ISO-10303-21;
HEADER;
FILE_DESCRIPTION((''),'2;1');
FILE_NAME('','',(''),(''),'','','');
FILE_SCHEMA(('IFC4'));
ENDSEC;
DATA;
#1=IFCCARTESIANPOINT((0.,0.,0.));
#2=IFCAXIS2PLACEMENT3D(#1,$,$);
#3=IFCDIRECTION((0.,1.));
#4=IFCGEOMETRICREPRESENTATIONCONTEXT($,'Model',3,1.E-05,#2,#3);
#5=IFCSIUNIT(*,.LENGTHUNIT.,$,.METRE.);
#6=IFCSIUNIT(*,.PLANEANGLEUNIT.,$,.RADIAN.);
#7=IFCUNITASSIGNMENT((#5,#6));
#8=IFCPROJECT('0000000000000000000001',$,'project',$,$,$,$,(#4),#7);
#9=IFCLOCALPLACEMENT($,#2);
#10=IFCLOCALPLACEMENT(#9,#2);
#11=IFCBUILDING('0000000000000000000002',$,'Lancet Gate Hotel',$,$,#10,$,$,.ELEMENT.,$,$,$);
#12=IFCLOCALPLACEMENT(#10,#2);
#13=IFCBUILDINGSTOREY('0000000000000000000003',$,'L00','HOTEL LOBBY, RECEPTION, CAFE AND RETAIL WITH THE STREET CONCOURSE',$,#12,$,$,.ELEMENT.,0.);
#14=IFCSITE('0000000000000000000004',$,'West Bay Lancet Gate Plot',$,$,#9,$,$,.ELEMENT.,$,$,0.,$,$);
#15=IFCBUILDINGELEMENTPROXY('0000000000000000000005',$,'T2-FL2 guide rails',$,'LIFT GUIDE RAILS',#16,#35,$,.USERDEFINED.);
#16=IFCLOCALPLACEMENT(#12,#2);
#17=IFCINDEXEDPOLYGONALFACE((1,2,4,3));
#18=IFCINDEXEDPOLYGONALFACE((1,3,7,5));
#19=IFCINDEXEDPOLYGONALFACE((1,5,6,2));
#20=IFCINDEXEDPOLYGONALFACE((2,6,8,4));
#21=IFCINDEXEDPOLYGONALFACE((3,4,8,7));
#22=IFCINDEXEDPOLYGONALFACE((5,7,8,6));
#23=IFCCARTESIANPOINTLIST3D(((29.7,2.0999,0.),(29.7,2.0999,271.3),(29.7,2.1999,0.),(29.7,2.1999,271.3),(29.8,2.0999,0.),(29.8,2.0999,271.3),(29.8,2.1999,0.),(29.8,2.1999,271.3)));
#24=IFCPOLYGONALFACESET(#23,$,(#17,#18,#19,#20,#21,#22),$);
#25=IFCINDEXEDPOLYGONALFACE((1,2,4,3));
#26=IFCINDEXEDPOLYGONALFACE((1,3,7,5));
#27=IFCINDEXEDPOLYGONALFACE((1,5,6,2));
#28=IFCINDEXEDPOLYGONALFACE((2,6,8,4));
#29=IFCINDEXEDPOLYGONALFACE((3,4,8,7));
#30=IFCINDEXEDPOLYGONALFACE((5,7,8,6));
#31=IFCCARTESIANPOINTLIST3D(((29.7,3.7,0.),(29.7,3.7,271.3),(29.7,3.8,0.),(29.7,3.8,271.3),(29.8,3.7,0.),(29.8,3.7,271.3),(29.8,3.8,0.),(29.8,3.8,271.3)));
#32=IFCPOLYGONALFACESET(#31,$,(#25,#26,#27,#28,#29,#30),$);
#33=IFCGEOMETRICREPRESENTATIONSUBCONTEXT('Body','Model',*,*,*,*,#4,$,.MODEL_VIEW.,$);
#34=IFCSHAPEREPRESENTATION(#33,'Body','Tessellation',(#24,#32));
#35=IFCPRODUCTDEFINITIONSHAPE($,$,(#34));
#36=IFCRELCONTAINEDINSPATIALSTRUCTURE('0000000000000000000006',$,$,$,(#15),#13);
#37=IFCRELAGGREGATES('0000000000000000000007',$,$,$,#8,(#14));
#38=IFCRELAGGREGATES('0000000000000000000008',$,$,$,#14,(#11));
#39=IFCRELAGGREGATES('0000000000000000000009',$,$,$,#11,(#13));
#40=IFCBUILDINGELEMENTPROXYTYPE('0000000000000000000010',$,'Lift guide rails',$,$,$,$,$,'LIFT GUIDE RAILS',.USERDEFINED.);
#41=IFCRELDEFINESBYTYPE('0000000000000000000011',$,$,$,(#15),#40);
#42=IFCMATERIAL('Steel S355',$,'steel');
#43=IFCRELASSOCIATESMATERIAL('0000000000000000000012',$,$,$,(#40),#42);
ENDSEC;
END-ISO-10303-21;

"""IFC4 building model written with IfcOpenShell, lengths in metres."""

from ifc_helpers import new_model, si_unit, direction, frame, origin, origin_2d, place, context, subcontext, project, spatial, rectangle, extrude, material, type_object, element, save


model = new_model("IFC4")

# Units and contexts
model_context = context("Model", 3, precision=1e-05, world=origin(), true_north=direction((0.0, 1.0)))
body_context = subcontext(model_context, "Body", "Model", "MODEL_VIEW")
ifc_project = project(units=[si_unit("LENGTHUNIT", "METRE"), si_unit("PLANEANGLEUNIT", "RADIAN")], contexts=[model_context])

# Site, building, storey
site_placement = place(None, origin())
site = spatial("IfcSite", under=ifc_project, at=site_placement, Name="West Bay Lancet Gate Plot", CompositionType="ELEMENT", RefElevation=0.0)
building_placement = place(site_placement, origin())
building = spatial("IfcBuilding", under=site, at=building_placement, Name="Lancet Gate Hotel", CompositionType="ELEMENT")
storey_placement = place(building_placement, origin())
storey = spatial("IfcBuildingStorey", under=building, at=storey_placement, Name="L00", Description="HOTEL LOBBY, RECEPTION, CAFE AND RETAIL WITH THE STREET CONCOURSE", CompositionType="ELEMENT", Elevation=0.0)

# Building element proxy
ifc_material_1 = material(Name="Steel S355", Category="steel")
building_element_proxy_type = type_object("IfcBuildingElementProxyType", Name="Lift guide rails", ElementType="LIFT GUIDE RAILS", PredefinedType="USERDEFINED", material=ifc_material_1)
proxy_placement = place(storey_placement, frame((29.75, 2.95, 0.0), z_axis=(0.0, 0.0, 1.0), x_axis=(1.0, 0.0, 0.0)))
element("IfcBuildingElementProxy", 1, at=proxy_placement, inside=storey, type_object=building_element_proxy_type, Name="T2-FL2 guide rails", ObjectType="LIFT GUIDE RAILS", PredefinedType="USERDEFINED", context=body_context, shape_type="SweptSolid", body=[
    extrude(rectangle(XDim=0.1, YDim=0.1, at=origin_2d()), frame((0.0, -0.8, 0.0)), (0.0, 0.0, 1.0), 271.3),
    extrude(rectangle(XDim=0.1, YDim=0.1, at=origin_2d()), frame((0.0, 0.8, 0.0)), (0.0, 0.0, 1.0), 271.3),
])

save(model, "model.ifc")
